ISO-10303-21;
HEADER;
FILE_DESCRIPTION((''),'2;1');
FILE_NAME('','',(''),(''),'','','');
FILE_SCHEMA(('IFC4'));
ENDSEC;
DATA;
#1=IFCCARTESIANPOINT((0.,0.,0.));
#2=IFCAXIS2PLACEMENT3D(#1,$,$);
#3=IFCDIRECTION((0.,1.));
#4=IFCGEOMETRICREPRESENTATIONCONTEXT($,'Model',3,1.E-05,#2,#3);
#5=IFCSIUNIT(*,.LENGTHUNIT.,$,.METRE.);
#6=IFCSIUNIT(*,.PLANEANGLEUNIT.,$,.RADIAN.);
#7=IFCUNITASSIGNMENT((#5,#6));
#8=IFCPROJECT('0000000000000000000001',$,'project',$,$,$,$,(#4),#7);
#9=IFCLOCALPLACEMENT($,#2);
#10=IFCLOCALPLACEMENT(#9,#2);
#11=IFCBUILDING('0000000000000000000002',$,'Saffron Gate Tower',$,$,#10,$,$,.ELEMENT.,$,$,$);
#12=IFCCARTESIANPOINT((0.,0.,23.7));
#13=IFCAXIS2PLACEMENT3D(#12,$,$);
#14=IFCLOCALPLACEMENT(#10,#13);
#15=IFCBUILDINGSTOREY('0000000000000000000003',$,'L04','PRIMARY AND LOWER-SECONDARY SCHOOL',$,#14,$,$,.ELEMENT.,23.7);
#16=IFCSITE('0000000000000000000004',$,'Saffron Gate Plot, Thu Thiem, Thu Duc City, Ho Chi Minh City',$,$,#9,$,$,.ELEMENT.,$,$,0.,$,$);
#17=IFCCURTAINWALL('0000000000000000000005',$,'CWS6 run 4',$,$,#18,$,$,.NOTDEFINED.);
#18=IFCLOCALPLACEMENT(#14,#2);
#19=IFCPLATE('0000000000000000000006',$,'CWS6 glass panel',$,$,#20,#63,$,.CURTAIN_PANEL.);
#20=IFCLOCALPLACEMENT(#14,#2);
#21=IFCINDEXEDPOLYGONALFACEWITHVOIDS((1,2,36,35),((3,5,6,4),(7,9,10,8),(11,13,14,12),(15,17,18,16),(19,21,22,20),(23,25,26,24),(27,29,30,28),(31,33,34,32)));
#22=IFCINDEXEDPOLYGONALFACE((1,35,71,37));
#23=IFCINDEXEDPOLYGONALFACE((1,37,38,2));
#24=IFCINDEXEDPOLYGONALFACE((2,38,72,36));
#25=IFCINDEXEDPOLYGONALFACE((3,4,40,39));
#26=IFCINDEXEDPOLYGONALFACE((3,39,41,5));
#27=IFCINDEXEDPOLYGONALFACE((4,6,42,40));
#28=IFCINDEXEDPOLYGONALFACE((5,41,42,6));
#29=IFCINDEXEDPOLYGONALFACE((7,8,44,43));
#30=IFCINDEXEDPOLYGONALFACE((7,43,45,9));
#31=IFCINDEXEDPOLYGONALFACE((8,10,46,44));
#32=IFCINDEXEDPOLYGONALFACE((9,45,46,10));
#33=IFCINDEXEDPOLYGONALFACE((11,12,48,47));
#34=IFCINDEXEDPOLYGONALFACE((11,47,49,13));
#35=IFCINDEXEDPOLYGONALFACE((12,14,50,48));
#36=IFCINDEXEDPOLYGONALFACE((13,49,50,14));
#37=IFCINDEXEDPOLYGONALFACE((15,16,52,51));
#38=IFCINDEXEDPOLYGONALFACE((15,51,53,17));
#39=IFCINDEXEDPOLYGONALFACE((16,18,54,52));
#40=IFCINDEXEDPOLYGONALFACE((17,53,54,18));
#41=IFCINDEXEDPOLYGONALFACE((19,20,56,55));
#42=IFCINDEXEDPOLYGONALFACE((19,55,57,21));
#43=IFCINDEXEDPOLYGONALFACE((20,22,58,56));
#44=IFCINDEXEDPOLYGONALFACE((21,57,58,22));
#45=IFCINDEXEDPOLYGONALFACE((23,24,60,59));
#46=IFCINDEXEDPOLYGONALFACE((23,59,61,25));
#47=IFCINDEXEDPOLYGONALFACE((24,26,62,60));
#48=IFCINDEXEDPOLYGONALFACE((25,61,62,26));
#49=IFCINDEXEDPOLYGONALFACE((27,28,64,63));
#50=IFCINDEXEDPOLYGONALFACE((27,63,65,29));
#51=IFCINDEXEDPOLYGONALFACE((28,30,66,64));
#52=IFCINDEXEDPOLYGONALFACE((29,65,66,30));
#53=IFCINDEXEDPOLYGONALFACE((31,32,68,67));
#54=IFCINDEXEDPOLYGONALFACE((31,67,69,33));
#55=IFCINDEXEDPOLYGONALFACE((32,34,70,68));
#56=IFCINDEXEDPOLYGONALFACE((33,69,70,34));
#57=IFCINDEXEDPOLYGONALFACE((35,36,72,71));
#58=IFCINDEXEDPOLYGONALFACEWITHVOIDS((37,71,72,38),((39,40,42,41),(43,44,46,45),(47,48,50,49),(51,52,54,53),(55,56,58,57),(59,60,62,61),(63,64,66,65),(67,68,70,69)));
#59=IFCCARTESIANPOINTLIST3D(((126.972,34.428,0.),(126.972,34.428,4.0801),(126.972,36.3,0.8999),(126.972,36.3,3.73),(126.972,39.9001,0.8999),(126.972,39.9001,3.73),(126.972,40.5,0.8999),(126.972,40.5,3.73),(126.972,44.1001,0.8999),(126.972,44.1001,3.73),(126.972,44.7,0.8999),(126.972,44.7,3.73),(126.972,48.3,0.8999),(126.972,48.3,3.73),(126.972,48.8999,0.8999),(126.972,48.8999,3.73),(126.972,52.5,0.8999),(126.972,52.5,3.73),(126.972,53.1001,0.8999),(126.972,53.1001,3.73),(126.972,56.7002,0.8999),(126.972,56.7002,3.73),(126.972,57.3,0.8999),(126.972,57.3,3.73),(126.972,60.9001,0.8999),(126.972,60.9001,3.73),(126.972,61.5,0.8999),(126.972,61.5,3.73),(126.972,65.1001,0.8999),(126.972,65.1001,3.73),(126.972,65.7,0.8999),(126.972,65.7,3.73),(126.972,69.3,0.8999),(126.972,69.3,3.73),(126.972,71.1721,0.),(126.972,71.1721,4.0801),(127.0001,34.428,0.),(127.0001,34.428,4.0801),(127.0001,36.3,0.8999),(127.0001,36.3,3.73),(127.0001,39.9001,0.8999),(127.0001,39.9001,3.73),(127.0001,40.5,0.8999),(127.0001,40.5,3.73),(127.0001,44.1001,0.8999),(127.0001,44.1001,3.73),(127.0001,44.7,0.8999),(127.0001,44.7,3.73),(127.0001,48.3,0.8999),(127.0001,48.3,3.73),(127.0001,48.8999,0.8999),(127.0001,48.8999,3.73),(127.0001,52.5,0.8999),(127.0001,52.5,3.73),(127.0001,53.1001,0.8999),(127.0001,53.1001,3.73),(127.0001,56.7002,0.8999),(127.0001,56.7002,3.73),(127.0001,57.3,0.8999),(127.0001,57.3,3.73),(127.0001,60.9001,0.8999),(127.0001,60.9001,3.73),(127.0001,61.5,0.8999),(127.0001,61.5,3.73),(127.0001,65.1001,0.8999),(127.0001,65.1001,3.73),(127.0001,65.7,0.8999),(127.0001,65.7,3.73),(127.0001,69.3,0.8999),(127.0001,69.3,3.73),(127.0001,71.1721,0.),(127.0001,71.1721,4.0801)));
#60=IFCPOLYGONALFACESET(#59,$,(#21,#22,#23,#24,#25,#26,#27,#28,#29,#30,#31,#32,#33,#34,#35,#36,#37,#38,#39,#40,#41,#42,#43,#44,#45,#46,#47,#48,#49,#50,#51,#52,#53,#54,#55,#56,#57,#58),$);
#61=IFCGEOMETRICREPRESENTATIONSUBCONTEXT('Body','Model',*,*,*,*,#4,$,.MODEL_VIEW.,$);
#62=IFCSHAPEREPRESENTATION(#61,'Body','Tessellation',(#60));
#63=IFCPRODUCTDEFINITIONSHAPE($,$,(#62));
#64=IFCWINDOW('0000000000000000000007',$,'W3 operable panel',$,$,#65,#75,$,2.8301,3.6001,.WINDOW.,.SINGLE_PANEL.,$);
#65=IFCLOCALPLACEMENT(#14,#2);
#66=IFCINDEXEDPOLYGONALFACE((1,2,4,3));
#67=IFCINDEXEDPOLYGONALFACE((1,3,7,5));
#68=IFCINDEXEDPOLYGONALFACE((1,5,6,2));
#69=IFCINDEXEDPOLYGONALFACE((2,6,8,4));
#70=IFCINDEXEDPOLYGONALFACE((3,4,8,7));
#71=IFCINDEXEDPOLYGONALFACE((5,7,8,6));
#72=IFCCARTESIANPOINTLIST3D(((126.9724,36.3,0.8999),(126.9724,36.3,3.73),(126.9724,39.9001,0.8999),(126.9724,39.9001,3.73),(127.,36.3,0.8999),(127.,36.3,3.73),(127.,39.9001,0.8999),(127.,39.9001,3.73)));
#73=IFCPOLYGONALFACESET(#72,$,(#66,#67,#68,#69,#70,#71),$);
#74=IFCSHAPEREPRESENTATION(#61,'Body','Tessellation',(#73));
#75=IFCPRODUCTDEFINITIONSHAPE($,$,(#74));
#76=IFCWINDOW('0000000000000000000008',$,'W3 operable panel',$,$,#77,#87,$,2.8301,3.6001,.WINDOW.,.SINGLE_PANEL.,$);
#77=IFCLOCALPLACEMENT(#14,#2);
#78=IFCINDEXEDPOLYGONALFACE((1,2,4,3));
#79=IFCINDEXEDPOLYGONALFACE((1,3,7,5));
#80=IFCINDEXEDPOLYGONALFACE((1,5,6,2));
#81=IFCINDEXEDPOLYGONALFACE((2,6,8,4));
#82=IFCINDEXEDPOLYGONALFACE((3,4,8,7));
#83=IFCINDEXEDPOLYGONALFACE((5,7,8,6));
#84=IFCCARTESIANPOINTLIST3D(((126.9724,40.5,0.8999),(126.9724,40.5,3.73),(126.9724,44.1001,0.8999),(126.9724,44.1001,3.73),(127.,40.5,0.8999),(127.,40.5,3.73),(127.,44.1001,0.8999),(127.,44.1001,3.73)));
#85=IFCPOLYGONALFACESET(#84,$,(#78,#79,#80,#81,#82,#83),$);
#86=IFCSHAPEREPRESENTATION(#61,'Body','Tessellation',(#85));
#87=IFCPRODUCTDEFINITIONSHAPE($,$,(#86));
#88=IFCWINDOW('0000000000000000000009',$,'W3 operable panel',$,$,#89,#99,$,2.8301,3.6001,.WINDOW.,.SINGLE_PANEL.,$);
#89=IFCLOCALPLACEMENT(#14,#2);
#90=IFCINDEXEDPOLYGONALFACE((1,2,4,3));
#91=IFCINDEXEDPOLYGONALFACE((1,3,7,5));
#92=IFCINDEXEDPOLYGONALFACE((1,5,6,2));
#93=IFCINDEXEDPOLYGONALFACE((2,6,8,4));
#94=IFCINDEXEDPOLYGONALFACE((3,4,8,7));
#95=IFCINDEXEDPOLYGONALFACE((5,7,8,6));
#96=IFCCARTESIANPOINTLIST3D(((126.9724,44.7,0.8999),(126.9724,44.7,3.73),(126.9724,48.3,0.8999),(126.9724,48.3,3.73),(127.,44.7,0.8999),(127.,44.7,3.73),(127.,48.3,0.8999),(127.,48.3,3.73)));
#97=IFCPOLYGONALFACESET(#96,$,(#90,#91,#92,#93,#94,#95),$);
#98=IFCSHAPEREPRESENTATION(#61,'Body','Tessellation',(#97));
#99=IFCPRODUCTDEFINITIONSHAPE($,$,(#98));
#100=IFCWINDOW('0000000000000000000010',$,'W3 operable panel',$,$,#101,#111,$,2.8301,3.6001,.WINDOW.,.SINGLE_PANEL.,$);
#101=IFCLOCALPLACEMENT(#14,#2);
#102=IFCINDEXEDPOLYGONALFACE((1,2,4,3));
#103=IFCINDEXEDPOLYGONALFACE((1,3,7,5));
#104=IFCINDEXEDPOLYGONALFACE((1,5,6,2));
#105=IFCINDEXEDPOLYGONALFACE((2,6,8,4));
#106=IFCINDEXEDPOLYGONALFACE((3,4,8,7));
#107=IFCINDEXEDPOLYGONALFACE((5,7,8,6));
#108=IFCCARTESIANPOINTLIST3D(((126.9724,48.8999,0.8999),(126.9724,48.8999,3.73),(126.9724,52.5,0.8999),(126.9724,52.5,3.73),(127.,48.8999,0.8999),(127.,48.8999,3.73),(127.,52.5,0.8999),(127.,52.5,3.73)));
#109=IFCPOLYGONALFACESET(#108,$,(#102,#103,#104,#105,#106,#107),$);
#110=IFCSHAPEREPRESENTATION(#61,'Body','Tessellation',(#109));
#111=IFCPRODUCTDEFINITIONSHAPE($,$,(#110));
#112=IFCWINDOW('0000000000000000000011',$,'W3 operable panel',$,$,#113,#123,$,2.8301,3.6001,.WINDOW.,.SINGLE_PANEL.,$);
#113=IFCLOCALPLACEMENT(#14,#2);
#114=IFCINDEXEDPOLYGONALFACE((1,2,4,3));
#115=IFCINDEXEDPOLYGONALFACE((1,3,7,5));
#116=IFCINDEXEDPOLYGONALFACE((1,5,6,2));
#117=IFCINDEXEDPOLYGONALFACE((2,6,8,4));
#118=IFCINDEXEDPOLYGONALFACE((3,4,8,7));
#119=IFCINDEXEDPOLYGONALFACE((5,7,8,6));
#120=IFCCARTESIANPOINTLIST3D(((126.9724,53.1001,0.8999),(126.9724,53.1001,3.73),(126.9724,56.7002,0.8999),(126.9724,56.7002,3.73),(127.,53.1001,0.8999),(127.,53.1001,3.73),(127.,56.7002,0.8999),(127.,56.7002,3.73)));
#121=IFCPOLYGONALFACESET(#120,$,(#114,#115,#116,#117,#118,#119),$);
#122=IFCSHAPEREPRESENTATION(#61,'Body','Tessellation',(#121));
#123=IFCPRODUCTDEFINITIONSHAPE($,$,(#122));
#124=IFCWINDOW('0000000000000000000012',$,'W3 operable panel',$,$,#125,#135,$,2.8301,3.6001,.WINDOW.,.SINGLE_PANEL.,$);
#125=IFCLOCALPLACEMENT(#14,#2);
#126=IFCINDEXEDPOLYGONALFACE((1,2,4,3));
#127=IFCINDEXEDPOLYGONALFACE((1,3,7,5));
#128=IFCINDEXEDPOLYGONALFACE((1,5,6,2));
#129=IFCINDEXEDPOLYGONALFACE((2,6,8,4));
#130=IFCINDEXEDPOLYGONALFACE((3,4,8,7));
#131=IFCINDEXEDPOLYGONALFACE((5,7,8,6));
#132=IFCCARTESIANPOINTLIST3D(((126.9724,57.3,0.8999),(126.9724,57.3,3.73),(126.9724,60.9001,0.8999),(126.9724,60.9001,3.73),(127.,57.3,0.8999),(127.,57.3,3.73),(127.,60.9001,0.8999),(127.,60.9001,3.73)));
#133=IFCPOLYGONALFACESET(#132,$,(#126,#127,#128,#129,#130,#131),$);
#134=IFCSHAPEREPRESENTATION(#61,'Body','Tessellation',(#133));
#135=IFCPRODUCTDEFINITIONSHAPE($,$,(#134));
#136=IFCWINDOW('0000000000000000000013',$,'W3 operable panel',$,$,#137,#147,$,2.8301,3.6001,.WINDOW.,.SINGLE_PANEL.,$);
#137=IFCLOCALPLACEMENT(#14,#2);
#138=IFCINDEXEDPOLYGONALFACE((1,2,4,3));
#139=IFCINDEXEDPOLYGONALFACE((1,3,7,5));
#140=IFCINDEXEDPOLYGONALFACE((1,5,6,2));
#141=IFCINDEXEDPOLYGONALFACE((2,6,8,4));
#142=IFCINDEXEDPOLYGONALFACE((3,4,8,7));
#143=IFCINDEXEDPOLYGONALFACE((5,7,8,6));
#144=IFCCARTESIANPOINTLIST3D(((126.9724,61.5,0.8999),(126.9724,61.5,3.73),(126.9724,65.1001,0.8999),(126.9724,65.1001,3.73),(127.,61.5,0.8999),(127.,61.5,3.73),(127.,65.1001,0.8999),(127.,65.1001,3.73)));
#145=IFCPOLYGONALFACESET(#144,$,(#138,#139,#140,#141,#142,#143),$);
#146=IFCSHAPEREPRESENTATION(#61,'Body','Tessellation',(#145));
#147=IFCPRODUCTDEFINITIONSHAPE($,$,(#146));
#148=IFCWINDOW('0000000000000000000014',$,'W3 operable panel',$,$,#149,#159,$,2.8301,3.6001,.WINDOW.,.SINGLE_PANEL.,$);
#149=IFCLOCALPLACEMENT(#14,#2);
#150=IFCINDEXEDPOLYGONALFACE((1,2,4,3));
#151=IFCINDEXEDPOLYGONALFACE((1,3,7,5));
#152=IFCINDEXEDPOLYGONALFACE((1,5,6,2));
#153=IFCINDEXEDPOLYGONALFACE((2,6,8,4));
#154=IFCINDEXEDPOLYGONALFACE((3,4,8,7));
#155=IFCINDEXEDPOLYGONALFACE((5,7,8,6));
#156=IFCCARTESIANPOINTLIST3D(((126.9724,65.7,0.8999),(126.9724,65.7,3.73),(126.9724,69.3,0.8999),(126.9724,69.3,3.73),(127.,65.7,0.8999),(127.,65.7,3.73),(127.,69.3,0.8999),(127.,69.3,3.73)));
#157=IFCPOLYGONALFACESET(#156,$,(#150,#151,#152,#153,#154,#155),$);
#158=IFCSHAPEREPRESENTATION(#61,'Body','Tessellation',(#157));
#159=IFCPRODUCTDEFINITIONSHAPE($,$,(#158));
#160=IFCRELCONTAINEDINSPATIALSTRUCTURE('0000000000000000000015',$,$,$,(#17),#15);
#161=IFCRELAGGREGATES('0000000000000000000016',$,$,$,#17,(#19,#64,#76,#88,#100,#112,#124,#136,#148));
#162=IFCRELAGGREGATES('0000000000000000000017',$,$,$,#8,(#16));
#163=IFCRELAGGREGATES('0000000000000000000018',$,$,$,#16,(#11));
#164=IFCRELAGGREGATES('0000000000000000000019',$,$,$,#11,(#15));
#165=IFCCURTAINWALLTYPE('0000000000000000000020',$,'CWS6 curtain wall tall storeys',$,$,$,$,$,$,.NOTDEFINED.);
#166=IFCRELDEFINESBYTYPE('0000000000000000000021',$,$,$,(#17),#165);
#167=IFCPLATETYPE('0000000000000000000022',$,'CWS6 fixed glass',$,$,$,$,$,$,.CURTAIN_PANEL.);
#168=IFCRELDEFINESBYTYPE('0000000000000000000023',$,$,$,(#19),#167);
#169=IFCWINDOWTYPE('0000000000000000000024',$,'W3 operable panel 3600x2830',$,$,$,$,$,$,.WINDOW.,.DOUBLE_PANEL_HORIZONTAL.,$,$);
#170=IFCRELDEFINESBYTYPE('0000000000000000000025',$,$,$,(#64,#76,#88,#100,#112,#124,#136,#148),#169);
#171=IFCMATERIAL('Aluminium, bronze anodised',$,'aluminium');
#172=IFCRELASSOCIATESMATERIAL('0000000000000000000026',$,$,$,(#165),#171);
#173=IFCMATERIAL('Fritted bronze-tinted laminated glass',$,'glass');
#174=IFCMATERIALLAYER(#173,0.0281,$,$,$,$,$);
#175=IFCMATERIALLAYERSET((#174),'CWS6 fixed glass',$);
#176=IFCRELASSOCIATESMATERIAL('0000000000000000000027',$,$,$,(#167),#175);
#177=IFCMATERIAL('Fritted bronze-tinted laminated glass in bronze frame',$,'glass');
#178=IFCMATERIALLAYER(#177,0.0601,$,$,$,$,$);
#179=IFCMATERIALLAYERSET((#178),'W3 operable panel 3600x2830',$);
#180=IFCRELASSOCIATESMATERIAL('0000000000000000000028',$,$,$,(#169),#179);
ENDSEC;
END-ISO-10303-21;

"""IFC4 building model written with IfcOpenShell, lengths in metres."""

from ifc_helpers import new_model, si_unit, direction, frame, frame_2d, origin, place, context, subcontext, project, spatial, rectangle, extrude, material, layer, layer_set, type_object, element, fill, aggregate, save


model = new_model("IFC4")

# Units and contexts
model_context = context("Model", 3, precision=1e-05, world=origin(), true_north=direction((0.0, 1.0)))
body_context = subcontext(model_context, "Body", "Model", "MODEL_VIEW")
ifc_project = project(units=[si_unit("LENGTHUNIT", "METRE"), si_unit("PLANEANGLEUNIT", "RADIAN")], contexts=[model_context])

# Site, building, storey
site_placement = place(None, origin())
site = spatial("IfcSite", under=ifc_project, at=site_placement, Name="Saffron Gate Plot, Thu Thiem, Thu Duc City, Ho Chi Minh City", CompositionType="ELEMENT", RefElevation=0.0)
building_placement = place(site_placement, origin())
building = spatial("IfcBuilding", under=site, at=building_placement, Name="Saffron Gate Tower", CompositionType="ELEMENT")
storey_placement = place(building_placement, frame((0.0, 0.0, 23.7)))
storey = spatial("IfcBuildingStorey", under=building, at=storey_placement, Name="L04", Description="PRIMARY AND LOWER-SECONDARY SCHOOL", CompositionType="ELEMENT", Elevation=23.7)

# Curtain wall
ifc_material_1 = material(Name="Aluminium, bronze anodised", Category="aluminium")
curtain_wall_type = type_object("IfcCurtainWallType", Name="CWS6 curtain wall tall storeys", PredefinedType="NOTDEFINED", material=ifc_material_1)
curtain_wall_1_placement = place(storey_placement, origin())
curtain_wall_1 = element("IfcCurtainWall", 1, at=curtain_wall_1_placement, inside=storey, type_object=curtain_wall_type, Name="CWS6 run 4", PredefinedType="NOTDEFINED")

# Shared definitions
ifc_material_2 = material(Name="Fritted bronze-tinted laminated glass", Category="glass")
ifc_layer_1 = layer(ifc_material_2, 0.0281)
ifc_layer_set_1 = layer_set([ifc_layer_1], Name="CWS6 fixed glass")
plate_type = type_object("IfcPlateType", Name="CWS6 fixed glass", PredefinedType="CURTAIN_PANEL", material=ifc_layer_set_1)

# Plate, openings, windows
plate_1_placement = place(storey_placement, frame((126.9861, 34.428, 0.0), z_axis=(0.0, 0.0, 1.0), x_axis=(0.0, 1.0, 0.0)))
plate_1 = element("IfcPlate", 2, at=plate_1_placement, type_object=plate_type, Name="CWS6 glass panel", PredefinedType="CURTAIN_PANEL", context=body_context, shape_type="SweptSolid", body=[
    extrude(rectangle(XDim=36.7441, YDim=0.0281, at=frame_2d((18.3721, 0.0))), origin(), (0.0, 0.0, 1.0), 4.0801),
])
opening_1_placement = place(plate_1_placement, frame((1.8721, 0.0, 0.8999)))
opening_1 = element("IfcOpeningElement", 3, at=opening_1_placement, cuts=plate_1, PredefinedType="OPENING", context=body_context, shape_type="SweptSolid", body=[
    extrude(rectangle(XDim=3.6001, YDim=2.8301, at=frame_2d((1.8, 1.415))), frame((0.0, 0.0239, 0.0), z_axis=(0.0, -1.0, 0.0), x_axis=(1.0, 0.0, 0.0)), (0.0, 0.0, 1.0), 0.0481),
])
opening_2_placement = place(plate_1_placement, frame((6.072, 0.0, 0.8999)))
opening_2 = element("IfcOpeningElement", 4, at=opening_2_placement, cuts=plate_1, PredefinedType="OPENING", context=body_context, shape_type="SweptSolid", body=[
    extrude(rectangle(XDim=3.6001, YDim=2.8301, at=frame_2d((1.8, 1.415))), frame((0.0, 0.0239, 0.0), z_axis=(0.0, -1.0, 0.0), x_axis=(1.0, 0.0, 0.0)), (0.0, 0.0, 1.0), 0.0481),
])
opening_3_placement = place(plate_1_placement, frame((10.272, 0.0, 0.8999)))
opening_3 = element("IfcOpeningElement", 5, at=opening_3_placement, cuts=plate_1, PredefinedType="OPENING", context=body_context, shape_type="SweptSolid", body=[
    extrude(rectangle(XDim=3.6001, YDim=2.8301, at=frame_2d((1.8, 1.415))), frame((0.0, 0.0239, 0.0), z_axis=(0.0, -1.0, 0.0), x_axis=(1.0, 0.0, 0.0)), (0.0, 0.0, 1.0), 0.0481),
])
opening_4_placement = place(plate_1_placement, frame((14.4719, 0.0, 0.8999)))
opening_4 = element("IfcOpeningElement", 6, at=opening_4_placement, cuts=plate_1, PredefinedType="OPENING", context=body_context, shape_type="SweptSolid", body=[
    extrude(rectangle(XDim=3.6001, YDim=2.8301, at=frame_2d((1.8, 1.415))), frame((0.0, 0.0239, 0.0), z_axis=(0.0, -1.0, 0.0), x_axis=(1.0, 0.0, 0.0)), (0.0, 0.0, 1.0), 0.0481),
])
opening_5_placement = place(plate_1_placement, frame((18.6721, 0.0, 0.8999)))
opening_5 = element("IfcOpeningElement", 7, at=opening_5_placement, cuts=plate_1, PredefinedType="OPENING", context=body_context, shape_type="SweptSolid", body=[
    extrude(rectangle(XDim=3.6001, YDim=2.8301, at=frame_2d((1.8, 1.415))), frame((0.0, 0.0239, 0.0), z_axis=(0.0, -1.0, 0.0), x_axis=(1.0, 0.0, 0.0)), (0.0, 0.0, 1.0), 0.0481),
])
opening_6_placement = place(plate_1_placement, frame((22.8721, 0.0, 0.8999)))
opening_6 = element("IfcOpeningElement", 8, at=opening_6_placement, cuts=plate_1, PredefinedType="OPENING", context=body_context, shape_type="SweptSolid", body=[
    extrude(rectangle(XDim=3.6001, YDim=2.8301, at=frame_2d((1.8, 1.415))), frame((0.0, 0.0239, 0.0), z_axis=(0.0, -1.0, 0.0), x_axis=(1.0, 0.0, 0.0)), (0.0, 0.0, 1.0), 0.0481),
])
opening_7_placement = place(plate_1_placement, frame((27.072, 0.0, 0.8999)))
opening_7 = element("IfcOpeningElement", 9, at=opening_7_placement, cuts=plate_1, PredefinedType="OPENING", context=body_context, shape_type="SweptSolid", body=[
    extrude(rectangle(XDim=3.6001, YDim=2.8301, at=frame_2d((1.8, 1.415))), frame((0.0, 0.0239, 0.0), z_axis=(0.0, -1.0, 0.0), x_axis=(1.0, 0.0, 0.0)), (0.0, 0.0, 1.0), 0.0481),
])
opening_8_placement = place(plate_1_placement, frame((31.272, 0.0, 0.8999)))
opening_8 = element("IfcOpeningElement", 10, at=opening_8_placement, cuts=plate_1, PredefinedType="OPENING", context=body_context, shape_type="SweptSolid", body=[
    extrude(rectangle(XDim=3.6001, YDim=2.8301, at=frame_2d((1.8, 1.415))), frame((0.0, 0.0239, 0.0), z_axis=(0.0, -1.0, 0.0), x_axis=(1.0, 0.0, 0.0)), (0.0, 0.0, 1.0), 0.0481),
])
ifc_material_3 = material(Name="Fritted bronze-tinted laminated glass in bronze frame", Category="glass")
ifc_layer_2 = layer(ifc_material_3, 0.0601)
ifc_layer_set_2 = layer_set([ifc_layer_2], Name="W3 operable panel 3600x2830")
window_type = type_object("IfcWindowType", Name="W3 operable panel 3600x2830", PartitioningType="DOUBLE_PANEL_HORIZONTAL", PredefinedType="WINDOW", material=ifc_layer_set_2)
window_1_placement = place(opening_1_placement, origin())
window_1 = element("IfcWindow", 11, at=window_1_placement, type_object=window_type, Name="W3 operable panel", OverallHeight=2.8301, OverallWidth=3.6001, PartitioningType="SINGLE_PANEL", PredefinedType="WINDOW", context=body_context, shape_type="SweptSolid", body=[
    extrude(rectangle(XDim=3.6001, YDim=2.8301, at=frame_2d((1.8, 1.415))), frame((0.0, 0.0137, 0.0), z_axis=(0.0, -1.0, 0.0), x_axis=(1.0, 0.0, 0.0)), (0.0, 0.0, 1.0), 0.0276),
])
fill(opening_1, window_1)
window_2_placement = place(opening_2_placement, origin())
window_2 = element("IfcWindow", 12, at=window_2_placement, type_object=window_type, Name="W3 operable panel", OverallHeight=2.8301, OverallWidth=3.6001, PartitioningType="SINGLE_PANEL", PredefinedType="WINDOW", context=body_context, shape_type="SweptSolid", body=[
    extrude(rectangle(XDim=3.6001, YDim=2.8301, at=frame_2d((1.8, 1.415))), frame((0.0, 0.0137, 0.0), z_axis=(0.0, -1.0, 0.0), x_axis=(1.0, 0.0, 0.0)), (0.0, 0.0, 1.0), 0.0276),
])
fill(opening_2, window_2)
window_3_placement = place(opening_3_placement, origin())
window_3 = element("IfcWindow", 13, at=window_3_placement, type_object=window_type, Name="W3 operable panel", OverallHeight=2.8301, OverallWidth=3.6001, PartitioningType="SINGLE_PANEL", PredefinedType="WINDOW", context=body_context, shape_type="SweptSolid", body=[
    extrude(rectangle(XDim=3.6001, YDim=2.8301, at=frame_2d((1.8, 1.415))), frame((0.0, 0.0137, 0.0), z_axis=(0.0, -1.0, 0.0), x_axis=(1.0, 0.0, 0.0)), (0.0, 0.0, 1.0), 0.0276),
])
fill(opening_3, window_3)
window_4_placement = place(opening_4_placement, origin())
window_4 = element("IfcWindow", 14, at=window_4_placement, type_object=window_type, Name="W3 operable panel", OverallHeight=2.8301, OverallWidth=3.6001, PartitioningType="SINGLE_PANEL", PredefinedType="WINDOW", context=body_context, shape_type="SweptSolid", body=[
    extrude(rectangle(XDim=3.6001, YDim=2.8301, at=frame_2d((1.8, 1.415))), frame((0.0, 0.0137, 0.0), z_axis=(0.0, -1.0, 0.0), x_axis=(1.0, 0.0, 0.0)), (0.0, 0.0, 1.0), 0.0276),
])
fill(opening_4, window_4)
window_5_placement = place(opening_5_placement, origin())
window_5 = element("IfcWindow", 15, at=window_5_placement, type_object=window_type, Name="W3 operable panel", OverallHeight=2.8301, OverallWidth=3.6001, PartitioningType="SINGLE_PANEL", PredefinedType="WINDOW", context=body_context, shape_type="SweptSolid", body=[
    extrude(rectangle(XDim=3.6001, YDim=2.8301, at=frame_2d((1.8, 1.415))), frame((0.0, 0.0137, 0.0), z_axis=(0.0, -1.0, 0.0), x_axis=(1.0, 0.0, 0.0)), (0.0, 0.0, 1.0), 0.0276),
])
fill(opening_5, window_5)
window_6_placement = place(opening_6_placement, origin())
window_6 = element("IfcWindow", 16, at=window_6_placement, type_object=window_type, Name="W3 operable panel", OverallHeight=2.8301, OverallWidth=3.6001, PartitioningType="SINGLE_PANEL", PredefinedType="WINDOW", context=body_context, shape_type="SweptSolid", body=[
    extrude(rectangle(XDim=3.6001, YDim=2.8301, at=frame_2d((1.8, 1.415))), frame((0.0, 0.0137, 0.0), z_axis=(0.0, -1.0, 0.0), x_axis=(1.0, 0.0, 0.0)), (0.0, 0.0, 1.0), 0.0276),
])
fill(opening_6, window_6)
window_7_placement = place(opening_7_placement, origin())
window_7 = element("IfcWindow", 17, at=window_7_placement, type_object=window_type, Name="W3 operable panel", OverallHeight=2.8301, OverallWidth=3.6001, PartitioningType="SINGLE_PANEL", PredefinedType="WINDOW", context=body_context, shape_type="SweptSolid", body=[
    extrude(rectangle(XDim=3.6001, YDim=2.8301, at=frame_2d((1.8, 1.415))), frame((0.0, 0.0137, 0.0), z_axis=(0.0, -1.0, 0.0), x_axis=(1.0, 0.0, 0.0)), (0.0, 0.0, 1.0), 0.0276),
])
fill(opening_7, window_7)
window_8_placement = place(opening_8_placement, origin())
window_8 = element("IfcWindow", 18, at=window_8_placement, type_object=window_type, Name="W3 operable panel", OverallHeight=2.8301, OverallWidth=3.6001, PartitioningType="SINGLE_PANEL", PredefinedType="WINDOW", context=body_context, shape_type="SweptSolid", body=[
    extrude(rectangle(XDim=3.6001, YDim=2.8301, at=frame_2d((1.8, 1.415))), frame((0.0, 0.0137, 0.0), z_axis=(0.0, -1.0, 0.0), x_axis=(1.0, 0.0, 0.0)), (0.0, 0.0, 1.0), 0.0276),
])
fill(opening_8, window_8)
aggregate(curtain_wall_1, [plate_1, window_1, window_2, window_3, window_4, window_5, window_6, window_7, window_8])

save(model, "model.ifc")
